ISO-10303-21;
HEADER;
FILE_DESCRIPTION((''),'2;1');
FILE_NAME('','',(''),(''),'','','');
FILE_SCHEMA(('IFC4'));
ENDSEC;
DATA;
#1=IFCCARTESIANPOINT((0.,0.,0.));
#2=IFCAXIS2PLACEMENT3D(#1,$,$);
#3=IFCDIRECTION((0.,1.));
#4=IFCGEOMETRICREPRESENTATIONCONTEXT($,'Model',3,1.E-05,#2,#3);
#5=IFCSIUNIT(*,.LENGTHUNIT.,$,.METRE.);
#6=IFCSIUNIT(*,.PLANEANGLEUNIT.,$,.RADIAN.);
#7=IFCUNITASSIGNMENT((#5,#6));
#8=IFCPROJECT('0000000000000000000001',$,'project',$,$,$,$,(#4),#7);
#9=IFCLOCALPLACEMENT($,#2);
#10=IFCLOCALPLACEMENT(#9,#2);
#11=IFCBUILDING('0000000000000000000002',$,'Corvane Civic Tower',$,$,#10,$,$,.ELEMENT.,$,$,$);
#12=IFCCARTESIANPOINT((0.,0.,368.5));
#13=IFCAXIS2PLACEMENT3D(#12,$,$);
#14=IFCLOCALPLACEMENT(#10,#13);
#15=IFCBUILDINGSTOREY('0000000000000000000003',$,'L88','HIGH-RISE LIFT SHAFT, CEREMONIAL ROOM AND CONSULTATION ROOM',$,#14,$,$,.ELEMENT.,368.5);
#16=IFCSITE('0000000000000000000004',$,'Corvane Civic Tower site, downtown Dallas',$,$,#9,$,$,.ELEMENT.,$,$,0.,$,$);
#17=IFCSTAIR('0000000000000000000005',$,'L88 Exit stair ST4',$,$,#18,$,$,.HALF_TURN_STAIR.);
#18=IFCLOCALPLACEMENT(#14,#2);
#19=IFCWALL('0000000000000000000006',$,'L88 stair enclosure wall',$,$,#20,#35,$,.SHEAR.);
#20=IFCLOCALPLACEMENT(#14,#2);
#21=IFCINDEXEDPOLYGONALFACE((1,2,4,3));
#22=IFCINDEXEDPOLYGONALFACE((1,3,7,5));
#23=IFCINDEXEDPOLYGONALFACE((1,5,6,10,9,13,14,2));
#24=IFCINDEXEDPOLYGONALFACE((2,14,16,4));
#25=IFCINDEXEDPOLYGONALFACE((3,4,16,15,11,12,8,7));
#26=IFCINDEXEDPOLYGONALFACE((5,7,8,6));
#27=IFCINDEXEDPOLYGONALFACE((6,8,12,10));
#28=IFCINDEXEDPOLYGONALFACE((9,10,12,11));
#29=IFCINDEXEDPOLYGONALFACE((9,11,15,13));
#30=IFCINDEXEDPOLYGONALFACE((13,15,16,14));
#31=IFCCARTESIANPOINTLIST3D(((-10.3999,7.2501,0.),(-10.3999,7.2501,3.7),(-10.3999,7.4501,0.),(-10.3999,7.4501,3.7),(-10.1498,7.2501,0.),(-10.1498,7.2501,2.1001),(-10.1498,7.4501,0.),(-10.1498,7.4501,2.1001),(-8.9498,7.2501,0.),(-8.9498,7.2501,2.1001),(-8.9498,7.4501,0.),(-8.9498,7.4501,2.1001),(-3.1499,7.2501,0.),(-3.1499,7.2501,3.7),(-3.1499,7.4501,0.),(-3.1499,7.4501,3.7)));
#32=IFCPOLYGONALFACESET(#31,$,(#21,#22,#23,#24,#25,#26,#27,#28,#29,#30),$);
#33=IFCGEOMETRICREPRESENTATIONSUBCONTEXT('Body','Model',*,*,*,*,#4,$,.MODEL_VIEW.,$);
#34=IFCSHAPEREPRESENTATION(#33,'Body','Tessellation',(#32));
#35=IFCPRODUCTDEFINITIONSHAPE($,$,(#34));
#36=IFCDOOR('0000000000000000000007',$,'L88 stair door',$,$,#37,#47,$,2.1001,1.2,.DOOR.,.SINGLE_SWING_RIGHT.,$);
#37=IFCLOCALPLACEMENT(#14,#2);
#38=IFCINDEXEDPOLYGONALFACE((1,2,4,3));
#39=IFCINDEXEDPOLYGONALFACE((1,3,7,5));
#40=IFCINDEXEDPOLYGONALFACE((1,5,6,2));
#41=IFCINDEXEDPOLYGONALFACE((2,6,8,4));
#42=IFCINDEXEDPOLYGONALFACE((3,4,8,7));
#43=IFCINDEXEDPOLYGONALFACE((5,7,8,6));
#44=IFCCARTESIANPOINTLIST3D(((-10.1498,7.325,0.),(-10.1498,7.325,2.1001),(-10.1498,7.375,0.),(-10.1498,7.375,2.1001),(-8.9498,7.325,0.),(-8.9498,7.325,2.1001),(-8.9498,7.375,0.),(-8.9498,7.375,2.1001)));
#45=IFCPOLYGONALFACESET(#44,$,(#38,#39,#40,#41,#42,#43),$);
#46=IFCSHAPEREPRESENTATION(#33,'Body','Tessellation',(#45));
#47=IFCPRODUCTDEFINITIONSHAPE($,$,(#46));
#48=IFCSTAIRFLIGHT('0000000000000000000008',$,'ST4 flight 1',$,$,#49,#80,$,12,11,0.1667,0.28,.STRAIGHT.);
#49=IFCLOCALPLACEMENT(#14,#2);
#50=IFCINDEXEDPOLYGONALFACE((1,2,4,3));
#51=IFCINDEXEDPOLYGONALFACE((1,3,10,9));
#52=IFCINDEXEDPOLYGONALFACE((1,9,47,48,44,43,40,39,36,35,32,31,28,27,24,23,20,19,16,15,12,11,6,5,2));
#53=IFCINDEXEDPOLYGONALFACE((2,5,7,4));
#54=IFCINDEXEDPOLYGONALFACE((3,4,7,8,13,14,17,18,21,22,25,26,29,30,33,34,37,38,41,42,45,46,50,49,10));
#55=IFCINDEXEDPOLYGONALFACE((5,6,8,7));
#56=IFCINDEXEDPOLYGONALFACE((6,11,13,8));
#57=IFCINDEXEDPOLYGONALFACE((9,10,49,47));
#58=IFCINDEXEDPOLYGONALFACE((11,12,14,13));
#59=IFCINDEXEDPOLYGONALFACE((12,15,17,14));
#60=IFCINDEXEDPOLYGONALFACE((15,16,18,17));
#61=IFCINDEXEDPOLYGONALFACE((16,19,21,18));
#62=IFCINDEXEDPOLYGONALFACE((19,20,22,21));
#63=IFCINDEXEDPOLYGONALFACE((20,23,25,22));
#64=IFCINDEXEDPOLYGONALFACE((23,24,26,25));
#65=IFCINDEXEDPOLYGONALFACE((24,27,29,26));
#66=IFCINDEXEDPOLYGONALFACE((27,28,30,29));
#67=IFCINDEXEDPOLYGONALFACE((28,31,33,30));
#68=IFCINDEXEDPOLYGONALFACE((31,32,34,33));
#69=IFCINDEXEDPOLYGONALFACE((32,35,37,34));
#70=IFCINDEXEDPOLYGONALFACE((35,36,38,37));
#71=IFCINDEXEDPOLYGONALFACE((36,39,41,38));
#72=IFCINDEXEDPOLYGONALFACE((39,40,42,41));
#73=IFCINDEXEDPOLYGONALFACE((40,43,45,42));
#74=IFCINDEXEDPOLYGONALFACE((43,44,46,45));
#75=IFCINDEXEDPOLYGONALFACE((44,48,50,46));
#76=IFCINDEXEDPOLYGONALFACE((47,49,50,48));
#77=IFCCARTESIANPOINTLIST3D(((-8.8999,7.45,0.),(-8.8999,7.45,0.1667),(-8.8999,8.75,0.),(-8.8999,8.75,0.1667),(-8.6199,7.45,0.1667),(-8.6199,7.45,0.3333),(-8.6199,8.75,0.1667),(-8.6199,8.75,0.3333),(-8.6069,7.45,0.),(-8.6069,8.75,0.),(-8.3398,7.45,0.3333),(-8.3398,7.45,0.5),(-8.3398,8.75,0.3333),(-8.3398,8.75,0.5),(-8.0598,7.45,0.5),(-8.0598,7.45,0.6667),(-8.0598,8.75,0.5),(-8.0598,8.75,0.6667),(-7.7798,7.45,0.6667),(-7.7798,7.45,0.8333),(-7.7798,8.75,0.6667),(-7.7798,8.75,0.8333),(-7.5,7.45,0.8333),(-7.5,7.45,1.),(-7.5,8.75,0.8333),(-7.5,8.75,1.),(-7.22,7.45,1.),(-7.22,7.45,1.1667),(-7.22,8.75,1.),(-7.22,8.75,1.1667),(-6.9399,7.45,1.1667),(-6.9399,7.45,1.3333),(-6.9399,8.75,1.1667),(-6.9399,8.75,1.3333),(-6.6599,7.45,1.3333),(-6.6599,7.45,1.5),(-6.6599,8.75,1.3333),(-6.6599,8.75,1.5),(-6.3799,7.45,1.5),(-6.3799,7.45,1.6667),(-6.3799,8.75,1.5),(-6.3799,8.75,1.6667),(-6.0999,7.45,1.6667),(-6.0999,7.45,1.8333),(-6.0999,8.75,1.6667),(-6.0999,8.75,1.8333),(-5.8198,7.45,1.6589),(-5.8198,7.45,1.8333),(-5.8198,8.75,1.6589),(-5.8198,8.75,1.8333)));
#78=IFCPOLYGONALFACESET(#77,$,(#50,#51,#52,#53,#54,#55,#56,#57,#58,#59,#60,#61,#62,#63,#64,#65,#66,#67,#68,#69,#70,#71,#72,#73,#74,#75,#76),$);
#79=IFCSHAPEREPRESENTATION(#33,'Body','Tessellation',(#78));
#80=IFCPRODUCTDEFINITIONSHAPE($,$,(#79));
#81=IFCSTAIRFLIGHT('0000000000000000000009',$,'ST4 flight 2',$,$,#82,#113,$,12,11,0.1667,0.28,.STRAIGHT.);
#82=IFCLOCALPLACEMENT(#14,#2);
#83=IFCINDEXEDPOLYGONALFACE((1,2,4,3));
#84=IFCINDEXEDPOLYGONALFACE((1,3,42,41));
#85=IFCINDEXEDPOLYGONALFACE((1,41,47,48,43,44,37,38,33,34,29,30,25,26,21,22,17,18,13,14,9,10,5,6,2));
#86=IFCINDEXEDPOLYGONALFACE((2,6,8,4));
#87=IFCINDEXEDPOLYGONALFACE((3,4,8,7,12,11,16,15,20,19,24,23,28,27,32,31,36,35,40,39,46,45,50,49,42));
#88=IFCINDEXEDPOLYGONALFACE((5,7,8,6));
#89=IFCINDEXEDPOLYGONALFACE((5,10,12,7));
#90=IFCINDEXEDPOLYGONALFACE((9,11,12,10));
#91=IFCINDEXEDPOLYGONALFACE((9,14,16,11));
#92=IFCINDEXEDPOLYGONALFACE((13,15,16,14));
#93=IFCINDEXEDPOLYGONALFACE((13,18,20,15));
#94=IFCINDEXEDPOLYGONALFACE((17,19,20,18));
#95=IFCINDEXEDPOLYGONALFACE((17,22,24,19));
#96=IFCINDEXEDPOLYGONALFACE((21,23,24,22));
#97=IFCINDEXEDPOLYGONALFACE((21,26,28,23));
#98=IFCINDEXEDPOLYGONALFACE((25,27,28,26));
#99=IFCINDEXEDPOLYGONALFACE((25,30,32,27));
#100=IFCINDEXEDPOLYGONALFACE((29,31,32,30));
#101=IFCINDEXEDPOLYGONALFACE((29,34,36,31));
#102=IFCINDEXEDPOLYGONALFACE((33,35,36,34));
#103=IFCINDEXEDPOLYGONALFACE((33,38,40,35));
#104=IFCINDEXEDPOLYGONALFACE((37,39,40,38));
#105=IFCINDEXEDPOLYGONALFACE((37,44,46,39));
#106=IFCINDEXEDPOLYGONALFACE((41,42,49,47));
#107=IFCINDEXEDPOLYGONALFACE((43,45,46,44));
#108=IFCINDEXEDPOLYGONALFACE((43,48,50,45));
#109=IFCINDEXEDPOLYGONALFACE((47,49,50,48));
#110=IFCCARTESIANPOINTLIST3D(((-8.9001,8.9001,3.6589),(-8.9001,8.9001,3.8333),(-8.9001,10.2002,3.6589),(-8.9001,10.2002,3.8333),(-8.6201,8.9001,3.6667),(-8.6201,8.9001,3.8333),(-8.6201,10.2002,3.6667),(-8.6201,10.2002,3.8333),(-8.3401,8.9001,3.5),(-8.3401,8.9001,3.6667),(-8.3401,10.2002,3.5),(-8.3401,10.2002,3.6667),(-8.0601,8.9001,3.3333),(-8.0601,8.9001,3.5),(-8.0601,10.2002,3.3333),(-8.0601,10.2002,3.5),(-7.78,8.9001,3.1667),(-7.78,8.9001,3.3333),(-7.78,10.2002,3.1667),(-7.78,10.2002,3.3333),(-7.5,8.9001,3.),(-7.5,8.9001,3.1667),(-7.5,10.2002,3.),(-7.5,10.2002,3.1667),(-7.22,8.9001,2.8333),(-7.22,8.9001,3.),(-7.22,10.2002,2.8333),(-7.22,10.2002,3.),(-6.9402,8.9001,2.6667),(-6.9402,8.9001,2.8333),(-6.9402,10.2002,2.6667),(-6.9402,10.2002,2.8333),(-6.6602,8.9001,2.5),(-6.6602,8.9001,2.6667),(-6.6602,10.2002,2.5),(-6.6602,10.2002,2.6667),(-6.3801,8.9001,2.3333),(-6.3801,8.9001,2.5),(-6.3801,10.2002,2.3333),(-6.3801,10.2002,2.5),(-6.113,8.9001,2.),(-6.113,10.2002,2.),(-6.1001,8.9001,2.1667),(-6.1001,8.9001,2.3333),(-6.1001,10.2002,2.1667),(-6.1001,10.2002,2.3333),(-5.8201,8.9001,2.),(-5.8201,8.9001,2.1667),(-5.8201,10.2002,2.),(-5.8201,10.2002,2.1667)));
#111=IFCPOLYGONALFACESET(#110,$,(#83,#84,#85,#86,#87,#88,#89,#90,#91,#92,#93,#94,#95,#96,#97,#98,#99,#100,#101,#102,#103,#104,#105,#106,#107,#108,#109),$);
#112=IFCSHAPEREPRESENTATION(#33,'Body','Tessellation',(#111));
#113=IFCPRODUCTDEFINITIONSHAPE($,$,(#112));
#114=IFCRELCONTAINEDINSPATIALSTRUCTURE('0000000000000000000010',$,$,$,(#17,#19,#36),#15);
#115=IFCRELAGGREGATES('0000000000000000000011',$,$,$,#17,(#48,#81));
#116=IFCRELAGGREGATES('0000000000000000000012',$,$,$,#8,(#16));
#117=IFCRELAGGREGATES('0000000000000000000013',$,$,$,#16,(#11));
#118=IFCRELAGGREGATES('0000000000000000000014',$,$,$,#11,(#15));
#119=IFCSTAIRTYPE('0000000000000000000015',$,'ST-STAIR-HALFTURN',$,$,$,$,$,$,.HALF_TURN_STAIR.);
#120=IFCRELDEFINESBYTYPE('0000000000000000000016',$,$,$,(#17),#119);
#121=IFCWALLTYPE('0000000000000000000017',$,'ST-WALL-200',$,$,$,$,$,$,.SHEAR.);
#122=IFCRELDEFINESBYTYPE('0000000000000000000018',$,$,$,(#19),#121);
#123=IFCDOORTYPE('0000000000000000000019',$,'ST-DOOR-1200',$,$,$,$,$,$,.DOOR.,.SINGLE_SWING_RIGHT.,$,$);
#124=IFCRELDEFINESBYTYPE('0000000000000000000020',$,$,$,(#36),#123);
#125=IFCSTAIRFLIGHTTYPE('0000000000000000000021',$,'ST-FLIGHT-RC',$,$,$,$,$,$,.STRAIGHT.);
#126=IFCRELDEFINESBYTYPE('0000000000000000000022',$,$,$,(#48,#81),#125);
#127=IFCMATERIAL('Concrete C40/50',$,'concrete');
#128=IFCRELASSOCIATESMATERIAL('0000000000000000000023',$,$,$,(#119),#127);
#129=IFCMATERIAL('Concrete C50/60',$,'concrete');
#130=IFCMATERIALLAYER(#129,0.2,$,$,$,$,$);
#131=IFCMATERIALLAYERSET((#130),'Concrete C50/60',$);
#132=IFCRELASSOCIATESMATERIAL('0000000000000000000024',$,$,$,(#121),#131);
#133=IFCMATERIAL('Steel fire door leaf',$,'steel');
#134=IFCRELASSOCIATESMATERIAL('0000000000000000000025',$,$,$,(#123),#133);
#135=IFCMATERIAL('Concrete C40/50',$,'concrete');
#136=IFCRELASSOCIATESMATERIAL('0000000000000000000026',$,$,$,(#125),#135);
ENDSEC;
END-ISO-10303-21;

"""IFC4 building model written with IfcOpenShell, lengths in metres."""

from ifc_helpers import new_model, si_unit, direction, frame, frame_2d, origin, place, context, subcontext, project, spatial, polyline, rectangle, outline, extrude, material, layer, layer_set, type_object, element, fill, aggregate, save


model = new_model("IFC4")

# Units and contexts
model_context = context("Model", 3, precision=1e-05, world=origin(), true_north=direction((0.0, 1.0)))
body_context = subcontext(model_context, "Body", "Model", "MODEL_VIEW")
ifc_project = project(units=[si_unit("LENGTHUNIT", "METRE"), si_unit("PLANEANGLEUNIT", "RADIAN")], contexts=[model_context])

# Site, building, storey
site_placement = place(None, origin())
site = spatial("IfcSite", under=ifc_project, at=site_placement, Name="Corvane Civic Tower site, downtown Dallas", CompositionType="ELEMENT", RefElevation=0.0)
building_placement = place(site_placement, origin())
building = spatial("IfcBuilding", under=site, at=building_placement, Name="Corvane Civic Tower", CompositionType="ELEMENT")
storey_placement = place(building_placement, frame((0.0, 0.0, 368.5)))
storey = spatial("IfcBuildingStorey", under=building, at=storey_placement, Name="L88", Description="HIGH-RISE LIFT SHAFT, CEREMONIAL ROOM AND CONSULTATION ROOM", CompositionType="ELEMENT", Elevation=368.5)

# Stair
ifc_material_1 = material(Name="Concrete C40/50", Category="concrete")
stair_type = type_object("IfcStairType", Name="ST-STAIR-HALFTURN", PredefinedType="HALF_TURN_STAIR", material=ifc_material_1)
stair_1_placement = place(storey_placement, origin())
stair_1 = element("IfcStair", 1, at=stair_1_placement, inside=storey, type_object=stair_type, Name="L88 Exit stair ST4", PredefinedType="HALF_TURN_STAIR")

# Wall, opening, door
ifc_material_2 = material(Name="Concrete C50/60", Category="concrete")
ifc_layer_1 = layer(ifc_material_2, 0.2)
ifc_layer_set_1 = layer_set([ifc_layer_1], Name="Concrete C50/60")
wall_type_1 = type_object("IfcWallType", Name="ST-WALL-200", PredefinedType="SHEAR", material=ifc_layer_set_1)
wall_1_placement = place(storey_placement, frame((-10.3999, 7.3501, 0.0), z_axis=(0.0, 0.0, 1.0), x_axis=(1.0, 0.0, 0.0)))
wall_1 = element("IfcWall", 2, at=wall_1_placement, inside=storey, type_object=wall_type_1, Name="L88 stair enclosure wall", PredefinedType="SHEAR", context=body_context, shape_type="SweptSolid", body=[
    extrude(rectangle(XDim=7.25, YDim=0.2, at=frame_2d((3.625, 0.0))), origin(), (0.0, 0.0, 1.0), 3.7),
])
opening_1_placement = place(wall_1_placement, frame((0.25, 0.0, 0.0)))
opening_1 = element("IfcOpeningElement", 3, at=opening_1_placement, cuts=wall_1, PredefinedType="OPENING", context=body_context, shape_type="SweptSolid", body=[
    extrude(rectangle(XDim=1.2, YDim=2.1001, at=frame_2d((0.6001, 1.05))), frame((0.0, 0.1099, 0.0), z_axis=(0.0, -1.0, 0.0), x_axis=(1.0, 0.0, 0.0)), (0.0, 0.0, 1.0), 0.22),
])
ifc_material_3 = material(Name="Steel fire door leaf", Category="steel")
door_type_1 = type_object("IfcDoorType", Name="ST-DOOR-1200", OperationType="SINGLE_SWING_RIGHT", PredefinedType="DOOR", material=ifc_material_3)
door_1_placement = place(opening_1_placement, origin())
door_1 = element("IfcDoor", 4, at=door_1_placement, inside=storey, type_object=door_type_1, Name="L88 stair door", OperationType="SINGLE_SWING_RIGHT", OverallHeight=2.1001, OverallWidth=1.2, PredefinedType="DOOR", context=body_context, shape_type="SweptSolid", body=[
    extrude(rectangle(XDim=1.2, YDim=2.1001, at=frame_2d((0.6001, 1.05))), frame((0.0, 0.0249, 0.0), z_axis=(0.0, -1.0, 0.0), x_axis=(1.0, 0.0, 0.0)), (0.0, 0.0, 1.0), 0.05),
])
fill(opening_1, door_1)

# Stair flights
ifc_material_4 = material(Name="Concrete C40/50", Category="concrete")
stair_flight_type = type_object("IfcStairFlightType", Name="ST-FLIGHT-RC", PredefinedType="STRAIGHT", material=ifc_material_4)
stair_flight_1_placement = place(storey_placement, frame((-8.8999, 8.1001, 0.0), z_axis=(0.0, 0.0, 1.0), x_axis=(1.0, 0.0, 0.0)))
stair_flight_1 = element("IfcStairFlight", 5, at=stair_flight_1_placement, type_object=stair_flight_type, Name="ST4 flight 1", NumberOfRisers=12, NumberOfTreads=11, PredefinedType="STRAIGHT", RiserHeight=0.1667, TreadLength=0.28, context=body_context, shape_type="SweptSolid", body=[
    extrude(outline(polyline([(0.0, 0.0), (0.0, 0.1667), (0.28, 0.1667), (0.28, 0.3333), (0.5601, 0.3333), (0.5601, 0.5), (0.8401, 0.5), (0.8401, 0.6667), (1.1201, 0.6667), (1.1201, 0.8333), (1.3999, 0.8333), (1.3999, 1.0), (1.6799, 1.0), (1.6799, 1.1667), (1.96, 1.1667), (1.96, 1.3333), (2.24, 1.3333), (2.24, 1.5), (2.52, 1.5), (2.52, 1.6667), (2.8, 1.6667), (2.8, 1.8333), (3.0801, 1.8333), (3.0801, 2.0), (3.0801, 1.6589), (0.293, 0.0), (0.0, 0.0)])), frame((0.0, 0.6499, 0.0), z_axis=(0.0, -1.0, 0.0), x_axis=(1.0, 0.0, 0.0)), (0.0, 0.0, 1.0), 1.3),
])
stair_flight_2_placement = place(storey_placement, frame((-5.8201, 9.55, 2.0), z_axis=(0.0, 0.0, 1.0), x_axis=(-1.0, 0.0, 0.0)))
stair_flight_2 = element("IfcStairFlight", 6, at=stair_flight_2_placement, type_object=stair_flight_type, Name="ST4 flight 2", NumberOfRisers=12, NumberOfTreads=11, PredefinedType="STRAIGHT", RiserHeight=0.1667, TreadLength=0.28, context=body_context, shape_type="SweptSolid", body=[
    extrude(outline(polyline([(0.0, 0.0), (0.0, 0.1667), (0.28, 0.1667), (0.28, 0.3333), (0.5601, 0.3333), (0.5601, 0.5), (0.8401, 0.5), (0.8401, 0.6667), (1.1201, 0.6667), (1.1201, 0.8333), (1.3999, 0.8333), (1.3999, 1.0), (1.6799, 1.0), (1.6799, 1.1667), (1.96, 1.1667), (1.96, 1.3333), (2.24, 1.3333), (2.24, 1.5), (2.52, 1.5), (2.52, 1.6667), (2.8, 1.6667), (2.8, 1.8333), (3.0801, 1.8333), (3.0801, 2.0), (3.0801, 1.6589), (0.293, 0.0), (0.0, 0.0)])), frame((0.0, 0.6499, 0.0), z_axis=(0.0, -1.0, 0.0), x_axis=(1.0, 0.0, 0.0)), (0.0, 0.0, 1.0), 1.3),
])
aggregate(stair_1, [stair_flight_1, stair_flight_2])

save(model, "model.ifc")
